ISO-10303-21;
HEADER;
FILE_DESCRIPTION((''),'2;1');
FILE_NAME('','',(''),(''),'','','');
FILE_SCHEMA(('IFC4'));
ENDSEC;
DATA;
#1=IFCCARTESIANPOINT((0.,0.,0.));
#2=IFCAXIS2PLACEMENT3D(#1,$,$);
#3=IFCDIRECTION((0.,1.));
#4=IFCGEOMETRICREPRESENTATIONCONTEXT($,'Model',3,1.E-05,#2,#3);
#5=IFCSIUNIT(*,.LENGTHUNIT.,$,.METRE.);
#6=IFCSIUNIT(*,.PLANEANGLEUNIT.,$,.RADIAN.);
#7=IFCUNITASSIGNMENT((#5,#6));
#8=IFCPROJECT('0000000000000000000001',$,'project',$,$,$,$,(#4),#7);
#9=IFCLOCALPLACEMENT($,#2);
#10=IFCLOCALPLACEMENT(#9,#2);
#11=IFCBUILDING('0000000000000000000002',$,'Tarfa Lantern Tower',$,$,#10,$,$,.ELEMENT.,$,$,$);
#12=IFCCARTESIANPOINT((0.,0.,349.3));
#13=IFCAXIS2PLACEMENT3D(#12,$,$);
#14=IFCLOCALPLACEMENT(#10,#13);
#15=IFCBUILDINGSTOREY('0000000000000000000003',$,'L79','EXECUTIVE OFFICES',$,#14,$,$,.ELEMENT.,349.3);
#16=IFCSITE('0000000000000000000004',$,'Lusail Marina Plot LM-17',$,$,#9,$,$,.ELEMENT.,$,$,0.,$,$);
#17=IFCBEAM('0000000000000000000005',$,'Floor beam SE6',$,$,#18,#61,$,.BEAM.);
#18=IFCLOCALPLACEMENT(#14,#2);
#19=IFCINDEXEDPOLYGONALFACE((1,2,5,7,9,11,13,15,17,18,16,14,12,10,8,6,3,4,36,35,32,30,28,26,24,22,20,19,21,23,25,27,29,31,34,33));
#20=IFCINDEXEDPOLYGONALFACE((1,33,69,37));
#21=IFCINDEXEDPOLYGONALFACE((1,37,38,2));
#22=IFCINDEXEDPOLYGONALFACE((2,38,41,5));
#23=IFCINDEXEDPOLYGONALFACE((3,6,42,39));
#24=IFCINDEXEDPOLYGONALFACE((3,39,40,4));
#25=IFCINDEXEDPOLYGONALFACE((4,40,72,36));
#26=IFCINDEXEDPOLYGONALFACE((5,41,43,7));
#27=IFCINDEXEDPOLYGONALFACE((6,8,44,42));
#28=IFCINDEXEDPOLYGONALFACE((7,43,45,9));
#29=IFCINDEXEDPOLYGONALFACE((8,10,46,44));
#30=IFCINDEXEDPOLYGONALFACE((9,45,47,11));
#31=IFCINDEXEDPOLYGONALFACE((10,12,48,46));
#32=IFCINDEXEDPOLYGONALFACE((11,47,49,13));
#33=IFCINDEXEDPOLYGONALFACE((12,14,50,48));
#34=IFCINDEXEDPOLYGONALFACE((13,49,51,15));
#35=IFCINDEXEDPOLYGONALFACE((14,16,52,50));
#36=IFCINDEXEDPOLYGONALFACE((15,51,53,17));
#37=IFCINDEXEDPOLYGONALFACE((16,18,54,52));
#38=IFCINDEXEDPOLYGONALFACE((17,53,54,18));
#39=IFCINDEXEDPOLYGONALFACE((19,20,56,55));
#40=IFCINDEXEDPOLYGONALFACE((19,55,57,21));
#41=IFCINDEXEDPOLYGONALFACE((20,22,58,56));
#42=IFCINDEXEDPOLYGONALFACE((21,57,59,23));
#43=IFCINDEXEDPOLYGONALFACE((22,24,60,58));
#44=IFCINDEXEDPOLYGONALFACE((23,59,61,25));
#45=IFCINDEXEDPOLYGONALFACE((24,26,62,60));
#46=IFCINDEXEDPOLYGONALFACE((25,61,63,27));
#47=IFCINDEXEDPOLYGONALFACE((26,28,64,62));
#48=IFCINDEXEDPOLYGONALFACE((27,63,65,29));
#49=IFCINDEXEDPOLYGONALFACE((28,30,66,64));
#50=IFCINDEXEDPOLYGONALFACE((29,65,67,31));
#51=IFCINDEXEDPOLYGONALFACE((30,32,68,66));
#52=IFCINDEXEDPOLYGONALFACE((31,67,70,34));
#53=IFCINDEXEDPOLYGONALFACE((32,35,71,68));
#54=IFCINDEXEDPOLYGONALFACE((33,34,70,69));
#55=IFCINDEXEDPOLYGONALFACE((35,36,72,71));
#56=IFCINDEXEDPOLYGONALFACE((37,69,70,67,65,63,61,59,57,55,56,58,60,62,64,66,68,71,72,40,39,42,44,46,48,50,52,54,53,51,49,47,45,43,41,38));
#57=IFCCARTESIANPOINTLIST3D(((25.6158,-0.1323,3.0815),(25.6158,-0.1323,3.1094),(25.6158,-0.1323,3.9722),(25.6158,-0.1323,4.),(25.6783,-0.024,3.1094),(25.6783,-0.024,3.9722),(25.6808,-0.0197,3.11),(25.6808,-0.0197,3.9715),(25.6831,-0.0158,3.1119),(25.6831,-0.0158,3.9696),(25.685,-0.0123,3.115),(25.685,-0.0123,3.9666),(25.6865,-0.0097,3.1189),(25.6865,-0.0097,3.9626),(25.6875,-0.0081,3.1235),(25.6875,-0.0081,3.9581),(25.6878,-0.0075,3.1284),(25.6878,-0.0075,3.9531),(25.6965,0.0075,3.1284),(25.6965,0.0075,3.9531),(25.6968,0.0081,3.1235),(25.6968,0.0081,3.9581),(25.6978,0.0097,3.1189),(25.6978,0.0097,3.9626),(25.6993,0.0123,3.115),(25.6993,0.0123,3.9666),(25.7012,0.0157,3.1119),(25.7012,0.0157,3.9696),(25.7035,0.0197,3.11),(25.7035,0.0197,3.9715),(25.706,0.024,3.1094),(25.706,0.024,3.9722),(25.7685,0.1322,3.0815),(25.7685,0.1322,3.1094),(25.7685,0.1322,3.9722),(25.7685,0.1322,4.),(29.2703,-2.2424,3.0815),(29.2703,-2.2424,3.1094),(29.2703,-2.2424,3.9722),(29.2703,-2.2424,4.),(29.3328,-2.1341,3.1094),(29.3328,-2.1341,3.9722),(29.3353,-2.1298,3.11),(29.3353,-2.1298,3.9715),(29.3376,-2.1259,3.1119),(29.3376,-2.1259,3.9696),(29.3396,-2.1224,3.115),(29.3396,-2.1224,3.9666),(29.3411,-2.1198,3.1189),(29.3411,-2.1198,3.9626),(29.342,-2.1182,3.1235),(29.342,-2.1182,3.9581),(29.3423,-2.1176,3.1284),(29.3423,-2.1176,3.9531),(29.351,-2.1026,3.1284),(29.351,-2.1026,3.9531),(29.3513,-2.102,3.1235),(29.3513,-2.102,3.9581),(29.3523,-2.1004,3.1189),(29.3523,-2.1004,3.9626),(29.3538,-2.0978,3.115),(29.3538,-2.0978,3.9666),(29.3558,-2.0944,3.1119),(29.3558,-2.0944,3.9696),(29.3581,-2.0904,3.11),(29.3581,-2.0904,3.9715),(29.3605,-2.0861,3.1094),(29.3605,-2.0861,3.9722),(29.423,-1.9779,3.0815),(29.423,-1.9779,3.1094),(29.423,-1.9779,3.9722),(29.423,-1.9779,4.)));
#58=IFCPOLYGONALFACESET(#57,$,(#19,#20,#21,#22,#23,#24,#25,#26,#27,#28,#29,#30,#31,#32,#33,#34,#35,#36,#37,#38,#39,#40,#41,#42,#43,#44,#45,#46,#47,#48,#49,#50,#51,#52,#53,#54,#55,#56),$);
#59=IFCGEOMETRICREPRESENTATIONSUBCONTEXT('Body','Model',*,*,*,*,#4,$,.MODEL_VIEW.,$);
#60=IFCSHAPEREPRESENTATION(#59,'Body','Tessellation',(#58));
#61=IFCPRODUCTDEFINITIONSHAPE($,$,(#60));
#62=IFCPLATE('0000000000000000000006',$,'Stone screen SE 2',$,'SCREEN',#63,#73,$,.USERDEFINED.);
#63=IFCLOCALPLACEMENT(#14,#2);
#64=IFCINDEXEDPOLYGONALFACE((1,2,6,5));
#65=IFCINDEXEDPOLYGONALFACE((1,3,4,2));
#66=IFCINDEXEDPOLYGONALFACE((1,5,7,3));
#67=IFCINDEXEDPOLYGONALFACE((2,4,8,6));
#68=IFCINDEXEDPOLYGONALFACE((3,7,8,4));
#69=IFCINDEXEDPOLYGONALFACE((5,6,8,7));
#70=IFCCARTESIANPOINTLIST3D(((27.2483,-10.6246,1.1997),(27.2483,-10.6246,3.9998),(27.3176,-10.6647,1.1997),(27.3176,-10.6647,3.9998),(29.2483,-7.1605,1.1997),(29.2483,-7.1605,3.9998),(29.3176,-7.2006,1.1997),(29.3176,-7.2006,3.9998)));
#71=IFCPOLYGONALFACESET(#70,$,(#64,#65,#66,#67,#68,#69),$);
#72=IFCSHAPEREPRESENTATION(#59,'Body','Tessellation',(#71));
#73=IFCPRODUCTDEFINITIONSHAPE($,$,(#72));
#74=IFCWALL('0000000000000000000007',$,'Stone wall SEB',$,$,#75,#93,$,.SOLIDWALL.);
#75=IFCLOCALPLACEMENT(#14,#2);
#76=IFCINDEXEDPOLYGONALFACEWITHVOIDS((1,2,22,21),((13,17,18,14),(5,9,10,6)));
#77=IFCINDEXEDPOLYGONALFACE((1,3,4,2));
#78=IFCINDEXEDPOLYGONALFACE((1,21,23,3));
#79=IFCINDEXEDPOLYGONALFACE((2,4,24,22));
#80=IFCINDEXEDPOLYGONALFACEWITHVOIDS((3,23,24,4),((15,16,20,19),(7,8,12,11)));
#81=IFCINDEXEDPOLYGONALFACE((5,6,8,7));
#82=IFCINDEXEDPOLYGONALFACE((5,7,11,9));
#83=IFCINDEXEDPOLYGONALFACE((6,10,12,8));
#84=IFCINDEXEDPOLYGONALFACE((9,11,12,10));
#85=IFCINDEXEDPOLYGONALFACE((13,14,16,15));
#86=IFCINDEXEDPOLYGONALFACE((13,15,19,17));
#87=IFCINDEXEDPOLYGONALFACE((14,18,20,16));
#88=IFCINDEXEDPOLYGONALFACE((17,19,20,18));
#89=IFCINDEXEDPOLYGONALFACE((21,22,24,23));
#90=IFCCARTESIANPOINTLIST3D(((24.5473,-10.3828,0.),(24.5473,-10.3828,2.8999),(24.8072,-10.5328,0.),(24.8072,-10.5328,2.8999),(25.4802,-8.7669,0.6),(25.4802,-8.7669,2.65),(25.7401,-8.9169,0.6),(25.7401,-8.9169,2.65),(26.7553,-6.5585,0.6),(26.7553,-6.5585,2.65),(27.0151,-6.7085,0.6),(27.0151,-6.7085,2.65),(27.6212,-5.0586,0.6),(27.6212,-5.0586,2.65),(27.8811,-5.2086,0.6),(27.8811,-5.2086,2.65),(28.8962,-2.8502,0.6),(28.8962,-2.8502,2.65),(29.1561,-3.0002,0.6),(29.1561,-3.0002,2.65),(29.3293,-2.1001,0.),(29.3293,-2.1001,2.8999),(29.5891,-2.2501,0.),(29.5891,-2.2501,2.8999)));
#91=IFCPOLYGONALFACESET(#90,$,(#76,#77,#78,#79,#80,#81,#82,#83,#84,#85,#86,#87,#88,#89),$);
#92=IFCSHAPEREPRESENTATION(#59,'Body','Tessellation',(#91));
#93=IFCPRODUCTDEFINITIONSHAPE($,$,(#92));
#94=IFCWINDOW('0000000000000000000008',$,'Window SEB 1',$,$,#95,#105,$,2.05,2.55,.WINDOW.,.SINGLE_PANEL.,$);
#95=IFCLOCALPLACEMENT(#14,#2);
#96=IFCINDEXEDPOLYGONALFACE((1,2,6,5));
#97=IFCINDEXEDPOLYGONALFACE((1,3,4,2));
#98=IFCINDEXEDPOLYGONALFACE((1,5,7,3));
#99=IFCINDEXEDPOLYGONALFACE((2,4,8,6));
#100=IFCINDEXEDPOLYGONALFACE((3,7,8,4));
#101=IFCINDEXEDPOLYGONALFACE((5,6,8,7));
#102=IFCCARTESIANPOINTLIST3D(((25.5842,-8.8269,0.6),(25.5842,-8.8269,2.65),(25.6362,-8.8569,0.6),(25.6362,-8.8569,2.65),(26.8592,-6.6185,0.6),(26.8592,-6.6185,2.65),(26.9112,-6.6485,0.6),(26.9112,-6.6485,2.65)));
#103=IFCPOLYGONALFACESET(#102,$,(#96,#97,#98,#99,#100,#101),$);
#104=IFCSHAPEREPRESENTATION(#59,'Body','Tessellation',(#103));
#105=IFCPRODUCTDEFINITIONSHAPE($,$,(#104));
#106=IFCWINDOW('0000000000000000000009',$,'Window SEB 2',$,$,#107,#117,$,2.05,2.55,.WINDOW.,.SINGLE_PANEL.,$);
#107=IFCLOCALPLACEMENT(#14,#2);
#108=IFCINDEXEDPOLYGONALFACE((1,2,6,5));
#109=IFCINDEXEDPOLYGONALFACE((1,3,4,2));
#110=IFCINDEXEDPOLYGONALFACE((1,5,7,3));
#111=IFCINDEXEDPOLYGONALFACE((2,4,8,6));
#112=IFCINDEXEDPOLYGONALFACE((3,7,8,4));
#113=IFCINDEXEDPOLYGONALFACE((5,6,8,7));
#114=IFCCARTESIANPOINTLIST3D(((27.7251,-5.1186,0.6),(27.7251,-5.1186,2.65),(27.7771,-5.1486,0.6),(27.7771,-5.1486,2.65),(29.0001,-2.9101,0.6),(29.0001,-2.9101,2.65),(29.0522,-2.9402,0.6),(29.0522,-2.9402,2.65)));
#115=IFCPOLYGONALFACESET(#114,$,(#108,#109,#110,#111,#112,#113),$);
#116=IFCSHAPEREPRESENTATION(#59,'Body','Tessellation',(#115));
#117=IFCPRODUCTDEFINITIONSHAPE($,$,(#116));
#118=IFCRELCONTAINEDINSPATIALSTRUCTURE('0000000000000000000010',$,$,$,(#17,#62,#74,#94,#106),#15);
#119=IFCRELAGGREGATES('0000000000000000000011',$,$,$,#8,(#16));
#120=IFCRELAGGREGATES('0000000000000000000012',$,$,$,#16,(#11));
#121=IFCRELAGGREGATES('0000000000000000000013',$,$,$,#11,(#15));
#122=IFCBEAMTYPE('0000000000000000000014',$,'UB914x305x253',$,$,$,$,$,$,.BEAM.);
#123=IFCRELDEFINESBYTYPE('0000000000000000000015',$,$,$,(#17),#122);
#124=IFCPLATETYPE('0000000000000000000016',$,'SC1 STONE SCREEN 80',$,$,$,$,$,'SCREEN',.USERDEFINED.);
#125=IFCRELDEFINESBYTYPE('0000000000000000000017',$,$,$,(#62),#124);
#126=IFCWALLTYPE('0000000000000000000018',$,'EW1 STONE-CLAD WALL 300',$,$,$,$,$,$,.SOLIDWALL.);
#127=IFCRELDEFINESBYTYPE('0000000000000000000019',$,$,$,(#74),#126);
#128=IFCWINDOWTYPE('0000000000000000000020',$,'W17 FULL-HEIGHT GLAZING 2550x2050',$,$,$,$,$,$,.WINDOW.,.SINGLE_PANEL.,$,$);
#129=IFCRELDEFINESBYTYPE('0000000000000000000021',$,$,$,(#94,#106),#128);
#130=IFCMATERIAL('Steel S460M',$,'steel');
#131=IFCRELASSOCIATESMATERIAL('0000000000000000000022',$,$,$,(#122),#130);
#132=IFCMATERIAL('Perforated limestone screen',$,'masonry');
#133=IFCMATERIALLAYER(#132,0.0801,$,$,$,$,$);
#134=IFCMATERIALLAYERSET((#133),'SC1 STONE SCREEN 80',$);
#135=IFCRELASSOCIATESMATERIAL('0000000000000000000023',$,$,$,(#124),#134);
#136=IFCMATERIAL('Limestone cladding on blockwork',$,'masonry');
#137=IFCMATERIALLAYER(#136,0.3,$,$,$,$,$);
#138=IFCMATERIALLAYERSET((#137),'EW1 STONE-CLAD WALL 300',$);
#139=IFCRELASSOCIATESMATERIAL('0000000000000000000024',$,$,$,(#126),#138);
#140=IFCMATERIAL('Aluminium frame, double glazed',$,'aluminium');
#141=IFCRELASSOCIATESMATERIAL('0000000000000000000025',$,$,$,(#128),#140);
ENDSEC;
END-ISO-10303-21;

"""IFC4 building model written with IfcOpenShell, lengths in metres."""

from ifc_helpers import new_model, si_unit, direction, frame, frame_2d, origin, origin_2d, place, context, subcontext, project, spatial, rectangle, i_section, extrude, material, layer, layer_set, material_profile, profile_set, type_object, element, fill, save


model = new_model("IFC4")

# Units and contexts
model_context = context("Model", 3, precision=1e-05, world=origin(), true_north=direction((0.0, 1.0)))
body_context = subcontext(model_context, "Body", "Model", "MODEL_VIEW")
ifc_project = project(units=[si_unit("LENGTHUNIT", "METRE"), si_unit("PLANEANGLEUNIT", "RADIAN")], contexts=[model_context])

# Site, building, storey
site_placement = place(None, origin())
site = spatial("IfcSite", under=ifc_project, at=site_placement, Name="Lusail Marina Plot LM-17", CompositionType="ELEMENT", RefElevation=0.0)
building_placement = place(site_placement, origin())
building = spatial("IfcBuilding", under=site, at=building_placement, Name="Tarfa Lantern Tower", CompositionType="ELEMENT")
storey_placement = place(building_placement, frame((0.0, 0.0, 349.3)))
storey = spatial("IfcBuildingStorey", under=building, at=storey_placement, Name="L79", Description="EXECUTIVE OFFICES", CompositionType="ELEMENT", Elevation=349.3)

# Beam
ifc_material_1 = material(Name="Steel S460M", Category="steel")
ifc_material_profile_1 = material_profile(ifc_material_1, i_section(OverallWidth=0.3054, OverallDepth=0.9185, WebThickness=0.0173, FlangeThickness=0.0278, FilletRadius=0.019, at=origin_2d()), Name="UB914x305x253")
ifc_profile_set_1 = profile_set([ifc_material_profile_1], Name="Steel S460M")
beam_type_1 = type_object("IfcBeamType", Name="UB914x305x253", PredefinedType="BEAM", material=ifc_profile_set_1)
beam_1_placement = place(storey_placement, frame((29.3467, -2.1101, 3.5408), z_axis=(-0.866009, 0.500028, 0.0), x_axis=(-0.500028, -0.866009, 0.0)))
element("IfcBeam", 1, at=beam_1_placement, inside=storey, type_object=beam_type_1, Name="Floor beam SE6", PredefinedType="BEAM", context=body_context, shape_type="SweptSolid", body=[
    extrude(i_section(OverallWidth=0.3054, OverallDepth=0.9185, WebThickness=0.0173, FlangeThickness=0.0278, FilletRadius=0.019, at=origin_2d()), origin(), (0.0, 0.0, 1.0), 4.22),
])

# Plate
ifc_material_2 = material(Name="Perforated limestone screen", Category="masonry")
ifc_layer_1 = layer(ifc_material_2, 0.0801)
ifc_layer_set_1 = layer_set([ifc_layer_1], Name="SC1 STONE SCREEN 80")
plate_type = type_object("IfcPlateType", Name="SC1 STONE SCREEN 80", ElementType="SCREEN", PredefinedType="USERDEFINED", material=ifc_layer_set_1)
plate_placement = place(storey_placement, frame((28.283, -8.9126, 1.1997), z_axis=(0.0, 0.0, 1.0), x_axis=(0.5, 0.866025, 0.0)))
element("IfcPlate", 2, at=plate_placement, inside=storey, type_object=plate_type, Name="Stone screen SE 2", ObjectType="SCREEN", PredefinedType="USERDEFINED", context=body_context, shape_type="SweptSolid", body=[
    extrude(rectangle(XDim=4.0, YDim=0.0801, at=origin_2d()), origin(), (0.0, 0.0, 1.0), 2.8),
])

# Wall, openings, windows
ifc_material_3 = material(Name="Limestone cladding on blockwork", Category="masonry")
ifc_layer_2 = layer(ifc_material_3, 0.3)
ifc_layer_set_2 = layer_set([ifc_layer_2], Name="EW1 STONE-CLAD WALL 300")
wall_type = type_object("IfcWallType", Name="EW1 STONE-CLAD WALL 300", PredefinedType="SOLIDWALL", material=ifc_layer_set_2)
wall_placement = place(storey_placement, frame((24.6772, -10.4578, 0.0), z_axis=(0.0, 0.0, 1.0), x_axis=(0.499996, 0.866027, 0.0)))
wall = element("IfcWall", 3, at=wall_placement, inside=storey, type_object=wall_type, Name="Stone wall SEB", PredefinedType="SOLIDWALL", context=body_context, shape_type="SweptSolid", body=[
    extrude(rectangle(XDim=9.564, YDim=0.3, at=frame_2d((4.782, 0.0))), origin(), (0.0, 0.0, 1.0), 2.8999),
])
opening_1_placement = place(wall_placement, frame((1.866, 0.0, 0.6001)))
opening_1 = element("IfcOpeningElement", 4, at=opening_1_placement, cuts=wall, PredefinedType="OPENING", context=body_context, shape_type="SweptSolid", body=[
    extrude(rectangle(XDim=2.55, YDim=2.05, at=frame_2d((1.2749, 1.0249))), frame((0.0, 0.1599, 0.0), z_axis=(0.0, -1.0, 0.0), x_axis=(1.0, 0.0, 0.0)), (0.0, 0.0, 1.0), 0.3201),
])
opening_2_placement = place(wall_placement, frame((6.1479, 0.0, 0.6001)))
opening_2 = element("IfcOpeningElement", 5, at=opening_2_placement, cuts=wall, PredefinedType="OPENING", context=body_context, shape_type="SweptSolid", body=[
    extrude(rectangle(XDim=2.55, YDim=2.05, at=frame_2d((1.2749, 1.0249))), frame((0.0, 0.1599, 0.0), z_axis=(0.0, -1.0, 0.0), x_axis=(1.0, 0.0, 0.0)), (0.0, 0.0, 1.0), 0.3201),
])
ifc_material_4 = material(Name="Aluminium frame, double glazed", Category="aluminium")
window_type = type_object("IfcWindowType", Name="W17 FULL-HEIGHT GLAZING 2550x2050", PartitioningType="SINGLE_PANEL", PredefinedType="WINDOW", material=ifc_material_4)
window_1_placement = place(opening_1_placement, origin())
window_1 = element("IfcWindow", 6, at=window_1_placement, inside=storey, type_object=window_type, Name="Window SEB 1", OverallHeight=2.05, OverallWidth=2.55, PartitioningType="SINGLE_PANEL", PredefinedType="WINDOW", context=body_context, shape_type="SweptSolid", body=[
    extrude(rectangle(XDim=2.55, YDim=2.05, at=frame_2d((1.2749, 1.0249))), frame((0.0, 0.03, 0.0), z_axis=(0.0, -1.0, 0.0), x_axis=(1.0, 0.0, 0.0)), (0.0, 0.0, 1.0), 0.0601),
])
fill(opening_1, window_1)
window_2_placement = place(opening_2_placement, origin())
window_2 = element("IfcWindow", 7, at=window_2_placement, inside=storey, type_object=window_type, Name="Window SEB 2", OverallHeight=2.05, OverallWidth=2.55, PartitioningType="SINGLE_PANEL", PredefinedType="WINDOW", context=body_context, shape_type="SweptSolid", body=[
    extrude(rectangle(XDim=2.55, YDim=2.05, at=frame_2d((1.2749, 1.0249))), frame((0.0, 0.03, 0.0), z_axis=(0.0, -1.0, 0.0), x_axis=(1.0, 0.0, 0.0)), (0.0, 0.0, 1.0), 0.0601),
])
fill(opening_2, window_2)

save(model, "model.ifc")
